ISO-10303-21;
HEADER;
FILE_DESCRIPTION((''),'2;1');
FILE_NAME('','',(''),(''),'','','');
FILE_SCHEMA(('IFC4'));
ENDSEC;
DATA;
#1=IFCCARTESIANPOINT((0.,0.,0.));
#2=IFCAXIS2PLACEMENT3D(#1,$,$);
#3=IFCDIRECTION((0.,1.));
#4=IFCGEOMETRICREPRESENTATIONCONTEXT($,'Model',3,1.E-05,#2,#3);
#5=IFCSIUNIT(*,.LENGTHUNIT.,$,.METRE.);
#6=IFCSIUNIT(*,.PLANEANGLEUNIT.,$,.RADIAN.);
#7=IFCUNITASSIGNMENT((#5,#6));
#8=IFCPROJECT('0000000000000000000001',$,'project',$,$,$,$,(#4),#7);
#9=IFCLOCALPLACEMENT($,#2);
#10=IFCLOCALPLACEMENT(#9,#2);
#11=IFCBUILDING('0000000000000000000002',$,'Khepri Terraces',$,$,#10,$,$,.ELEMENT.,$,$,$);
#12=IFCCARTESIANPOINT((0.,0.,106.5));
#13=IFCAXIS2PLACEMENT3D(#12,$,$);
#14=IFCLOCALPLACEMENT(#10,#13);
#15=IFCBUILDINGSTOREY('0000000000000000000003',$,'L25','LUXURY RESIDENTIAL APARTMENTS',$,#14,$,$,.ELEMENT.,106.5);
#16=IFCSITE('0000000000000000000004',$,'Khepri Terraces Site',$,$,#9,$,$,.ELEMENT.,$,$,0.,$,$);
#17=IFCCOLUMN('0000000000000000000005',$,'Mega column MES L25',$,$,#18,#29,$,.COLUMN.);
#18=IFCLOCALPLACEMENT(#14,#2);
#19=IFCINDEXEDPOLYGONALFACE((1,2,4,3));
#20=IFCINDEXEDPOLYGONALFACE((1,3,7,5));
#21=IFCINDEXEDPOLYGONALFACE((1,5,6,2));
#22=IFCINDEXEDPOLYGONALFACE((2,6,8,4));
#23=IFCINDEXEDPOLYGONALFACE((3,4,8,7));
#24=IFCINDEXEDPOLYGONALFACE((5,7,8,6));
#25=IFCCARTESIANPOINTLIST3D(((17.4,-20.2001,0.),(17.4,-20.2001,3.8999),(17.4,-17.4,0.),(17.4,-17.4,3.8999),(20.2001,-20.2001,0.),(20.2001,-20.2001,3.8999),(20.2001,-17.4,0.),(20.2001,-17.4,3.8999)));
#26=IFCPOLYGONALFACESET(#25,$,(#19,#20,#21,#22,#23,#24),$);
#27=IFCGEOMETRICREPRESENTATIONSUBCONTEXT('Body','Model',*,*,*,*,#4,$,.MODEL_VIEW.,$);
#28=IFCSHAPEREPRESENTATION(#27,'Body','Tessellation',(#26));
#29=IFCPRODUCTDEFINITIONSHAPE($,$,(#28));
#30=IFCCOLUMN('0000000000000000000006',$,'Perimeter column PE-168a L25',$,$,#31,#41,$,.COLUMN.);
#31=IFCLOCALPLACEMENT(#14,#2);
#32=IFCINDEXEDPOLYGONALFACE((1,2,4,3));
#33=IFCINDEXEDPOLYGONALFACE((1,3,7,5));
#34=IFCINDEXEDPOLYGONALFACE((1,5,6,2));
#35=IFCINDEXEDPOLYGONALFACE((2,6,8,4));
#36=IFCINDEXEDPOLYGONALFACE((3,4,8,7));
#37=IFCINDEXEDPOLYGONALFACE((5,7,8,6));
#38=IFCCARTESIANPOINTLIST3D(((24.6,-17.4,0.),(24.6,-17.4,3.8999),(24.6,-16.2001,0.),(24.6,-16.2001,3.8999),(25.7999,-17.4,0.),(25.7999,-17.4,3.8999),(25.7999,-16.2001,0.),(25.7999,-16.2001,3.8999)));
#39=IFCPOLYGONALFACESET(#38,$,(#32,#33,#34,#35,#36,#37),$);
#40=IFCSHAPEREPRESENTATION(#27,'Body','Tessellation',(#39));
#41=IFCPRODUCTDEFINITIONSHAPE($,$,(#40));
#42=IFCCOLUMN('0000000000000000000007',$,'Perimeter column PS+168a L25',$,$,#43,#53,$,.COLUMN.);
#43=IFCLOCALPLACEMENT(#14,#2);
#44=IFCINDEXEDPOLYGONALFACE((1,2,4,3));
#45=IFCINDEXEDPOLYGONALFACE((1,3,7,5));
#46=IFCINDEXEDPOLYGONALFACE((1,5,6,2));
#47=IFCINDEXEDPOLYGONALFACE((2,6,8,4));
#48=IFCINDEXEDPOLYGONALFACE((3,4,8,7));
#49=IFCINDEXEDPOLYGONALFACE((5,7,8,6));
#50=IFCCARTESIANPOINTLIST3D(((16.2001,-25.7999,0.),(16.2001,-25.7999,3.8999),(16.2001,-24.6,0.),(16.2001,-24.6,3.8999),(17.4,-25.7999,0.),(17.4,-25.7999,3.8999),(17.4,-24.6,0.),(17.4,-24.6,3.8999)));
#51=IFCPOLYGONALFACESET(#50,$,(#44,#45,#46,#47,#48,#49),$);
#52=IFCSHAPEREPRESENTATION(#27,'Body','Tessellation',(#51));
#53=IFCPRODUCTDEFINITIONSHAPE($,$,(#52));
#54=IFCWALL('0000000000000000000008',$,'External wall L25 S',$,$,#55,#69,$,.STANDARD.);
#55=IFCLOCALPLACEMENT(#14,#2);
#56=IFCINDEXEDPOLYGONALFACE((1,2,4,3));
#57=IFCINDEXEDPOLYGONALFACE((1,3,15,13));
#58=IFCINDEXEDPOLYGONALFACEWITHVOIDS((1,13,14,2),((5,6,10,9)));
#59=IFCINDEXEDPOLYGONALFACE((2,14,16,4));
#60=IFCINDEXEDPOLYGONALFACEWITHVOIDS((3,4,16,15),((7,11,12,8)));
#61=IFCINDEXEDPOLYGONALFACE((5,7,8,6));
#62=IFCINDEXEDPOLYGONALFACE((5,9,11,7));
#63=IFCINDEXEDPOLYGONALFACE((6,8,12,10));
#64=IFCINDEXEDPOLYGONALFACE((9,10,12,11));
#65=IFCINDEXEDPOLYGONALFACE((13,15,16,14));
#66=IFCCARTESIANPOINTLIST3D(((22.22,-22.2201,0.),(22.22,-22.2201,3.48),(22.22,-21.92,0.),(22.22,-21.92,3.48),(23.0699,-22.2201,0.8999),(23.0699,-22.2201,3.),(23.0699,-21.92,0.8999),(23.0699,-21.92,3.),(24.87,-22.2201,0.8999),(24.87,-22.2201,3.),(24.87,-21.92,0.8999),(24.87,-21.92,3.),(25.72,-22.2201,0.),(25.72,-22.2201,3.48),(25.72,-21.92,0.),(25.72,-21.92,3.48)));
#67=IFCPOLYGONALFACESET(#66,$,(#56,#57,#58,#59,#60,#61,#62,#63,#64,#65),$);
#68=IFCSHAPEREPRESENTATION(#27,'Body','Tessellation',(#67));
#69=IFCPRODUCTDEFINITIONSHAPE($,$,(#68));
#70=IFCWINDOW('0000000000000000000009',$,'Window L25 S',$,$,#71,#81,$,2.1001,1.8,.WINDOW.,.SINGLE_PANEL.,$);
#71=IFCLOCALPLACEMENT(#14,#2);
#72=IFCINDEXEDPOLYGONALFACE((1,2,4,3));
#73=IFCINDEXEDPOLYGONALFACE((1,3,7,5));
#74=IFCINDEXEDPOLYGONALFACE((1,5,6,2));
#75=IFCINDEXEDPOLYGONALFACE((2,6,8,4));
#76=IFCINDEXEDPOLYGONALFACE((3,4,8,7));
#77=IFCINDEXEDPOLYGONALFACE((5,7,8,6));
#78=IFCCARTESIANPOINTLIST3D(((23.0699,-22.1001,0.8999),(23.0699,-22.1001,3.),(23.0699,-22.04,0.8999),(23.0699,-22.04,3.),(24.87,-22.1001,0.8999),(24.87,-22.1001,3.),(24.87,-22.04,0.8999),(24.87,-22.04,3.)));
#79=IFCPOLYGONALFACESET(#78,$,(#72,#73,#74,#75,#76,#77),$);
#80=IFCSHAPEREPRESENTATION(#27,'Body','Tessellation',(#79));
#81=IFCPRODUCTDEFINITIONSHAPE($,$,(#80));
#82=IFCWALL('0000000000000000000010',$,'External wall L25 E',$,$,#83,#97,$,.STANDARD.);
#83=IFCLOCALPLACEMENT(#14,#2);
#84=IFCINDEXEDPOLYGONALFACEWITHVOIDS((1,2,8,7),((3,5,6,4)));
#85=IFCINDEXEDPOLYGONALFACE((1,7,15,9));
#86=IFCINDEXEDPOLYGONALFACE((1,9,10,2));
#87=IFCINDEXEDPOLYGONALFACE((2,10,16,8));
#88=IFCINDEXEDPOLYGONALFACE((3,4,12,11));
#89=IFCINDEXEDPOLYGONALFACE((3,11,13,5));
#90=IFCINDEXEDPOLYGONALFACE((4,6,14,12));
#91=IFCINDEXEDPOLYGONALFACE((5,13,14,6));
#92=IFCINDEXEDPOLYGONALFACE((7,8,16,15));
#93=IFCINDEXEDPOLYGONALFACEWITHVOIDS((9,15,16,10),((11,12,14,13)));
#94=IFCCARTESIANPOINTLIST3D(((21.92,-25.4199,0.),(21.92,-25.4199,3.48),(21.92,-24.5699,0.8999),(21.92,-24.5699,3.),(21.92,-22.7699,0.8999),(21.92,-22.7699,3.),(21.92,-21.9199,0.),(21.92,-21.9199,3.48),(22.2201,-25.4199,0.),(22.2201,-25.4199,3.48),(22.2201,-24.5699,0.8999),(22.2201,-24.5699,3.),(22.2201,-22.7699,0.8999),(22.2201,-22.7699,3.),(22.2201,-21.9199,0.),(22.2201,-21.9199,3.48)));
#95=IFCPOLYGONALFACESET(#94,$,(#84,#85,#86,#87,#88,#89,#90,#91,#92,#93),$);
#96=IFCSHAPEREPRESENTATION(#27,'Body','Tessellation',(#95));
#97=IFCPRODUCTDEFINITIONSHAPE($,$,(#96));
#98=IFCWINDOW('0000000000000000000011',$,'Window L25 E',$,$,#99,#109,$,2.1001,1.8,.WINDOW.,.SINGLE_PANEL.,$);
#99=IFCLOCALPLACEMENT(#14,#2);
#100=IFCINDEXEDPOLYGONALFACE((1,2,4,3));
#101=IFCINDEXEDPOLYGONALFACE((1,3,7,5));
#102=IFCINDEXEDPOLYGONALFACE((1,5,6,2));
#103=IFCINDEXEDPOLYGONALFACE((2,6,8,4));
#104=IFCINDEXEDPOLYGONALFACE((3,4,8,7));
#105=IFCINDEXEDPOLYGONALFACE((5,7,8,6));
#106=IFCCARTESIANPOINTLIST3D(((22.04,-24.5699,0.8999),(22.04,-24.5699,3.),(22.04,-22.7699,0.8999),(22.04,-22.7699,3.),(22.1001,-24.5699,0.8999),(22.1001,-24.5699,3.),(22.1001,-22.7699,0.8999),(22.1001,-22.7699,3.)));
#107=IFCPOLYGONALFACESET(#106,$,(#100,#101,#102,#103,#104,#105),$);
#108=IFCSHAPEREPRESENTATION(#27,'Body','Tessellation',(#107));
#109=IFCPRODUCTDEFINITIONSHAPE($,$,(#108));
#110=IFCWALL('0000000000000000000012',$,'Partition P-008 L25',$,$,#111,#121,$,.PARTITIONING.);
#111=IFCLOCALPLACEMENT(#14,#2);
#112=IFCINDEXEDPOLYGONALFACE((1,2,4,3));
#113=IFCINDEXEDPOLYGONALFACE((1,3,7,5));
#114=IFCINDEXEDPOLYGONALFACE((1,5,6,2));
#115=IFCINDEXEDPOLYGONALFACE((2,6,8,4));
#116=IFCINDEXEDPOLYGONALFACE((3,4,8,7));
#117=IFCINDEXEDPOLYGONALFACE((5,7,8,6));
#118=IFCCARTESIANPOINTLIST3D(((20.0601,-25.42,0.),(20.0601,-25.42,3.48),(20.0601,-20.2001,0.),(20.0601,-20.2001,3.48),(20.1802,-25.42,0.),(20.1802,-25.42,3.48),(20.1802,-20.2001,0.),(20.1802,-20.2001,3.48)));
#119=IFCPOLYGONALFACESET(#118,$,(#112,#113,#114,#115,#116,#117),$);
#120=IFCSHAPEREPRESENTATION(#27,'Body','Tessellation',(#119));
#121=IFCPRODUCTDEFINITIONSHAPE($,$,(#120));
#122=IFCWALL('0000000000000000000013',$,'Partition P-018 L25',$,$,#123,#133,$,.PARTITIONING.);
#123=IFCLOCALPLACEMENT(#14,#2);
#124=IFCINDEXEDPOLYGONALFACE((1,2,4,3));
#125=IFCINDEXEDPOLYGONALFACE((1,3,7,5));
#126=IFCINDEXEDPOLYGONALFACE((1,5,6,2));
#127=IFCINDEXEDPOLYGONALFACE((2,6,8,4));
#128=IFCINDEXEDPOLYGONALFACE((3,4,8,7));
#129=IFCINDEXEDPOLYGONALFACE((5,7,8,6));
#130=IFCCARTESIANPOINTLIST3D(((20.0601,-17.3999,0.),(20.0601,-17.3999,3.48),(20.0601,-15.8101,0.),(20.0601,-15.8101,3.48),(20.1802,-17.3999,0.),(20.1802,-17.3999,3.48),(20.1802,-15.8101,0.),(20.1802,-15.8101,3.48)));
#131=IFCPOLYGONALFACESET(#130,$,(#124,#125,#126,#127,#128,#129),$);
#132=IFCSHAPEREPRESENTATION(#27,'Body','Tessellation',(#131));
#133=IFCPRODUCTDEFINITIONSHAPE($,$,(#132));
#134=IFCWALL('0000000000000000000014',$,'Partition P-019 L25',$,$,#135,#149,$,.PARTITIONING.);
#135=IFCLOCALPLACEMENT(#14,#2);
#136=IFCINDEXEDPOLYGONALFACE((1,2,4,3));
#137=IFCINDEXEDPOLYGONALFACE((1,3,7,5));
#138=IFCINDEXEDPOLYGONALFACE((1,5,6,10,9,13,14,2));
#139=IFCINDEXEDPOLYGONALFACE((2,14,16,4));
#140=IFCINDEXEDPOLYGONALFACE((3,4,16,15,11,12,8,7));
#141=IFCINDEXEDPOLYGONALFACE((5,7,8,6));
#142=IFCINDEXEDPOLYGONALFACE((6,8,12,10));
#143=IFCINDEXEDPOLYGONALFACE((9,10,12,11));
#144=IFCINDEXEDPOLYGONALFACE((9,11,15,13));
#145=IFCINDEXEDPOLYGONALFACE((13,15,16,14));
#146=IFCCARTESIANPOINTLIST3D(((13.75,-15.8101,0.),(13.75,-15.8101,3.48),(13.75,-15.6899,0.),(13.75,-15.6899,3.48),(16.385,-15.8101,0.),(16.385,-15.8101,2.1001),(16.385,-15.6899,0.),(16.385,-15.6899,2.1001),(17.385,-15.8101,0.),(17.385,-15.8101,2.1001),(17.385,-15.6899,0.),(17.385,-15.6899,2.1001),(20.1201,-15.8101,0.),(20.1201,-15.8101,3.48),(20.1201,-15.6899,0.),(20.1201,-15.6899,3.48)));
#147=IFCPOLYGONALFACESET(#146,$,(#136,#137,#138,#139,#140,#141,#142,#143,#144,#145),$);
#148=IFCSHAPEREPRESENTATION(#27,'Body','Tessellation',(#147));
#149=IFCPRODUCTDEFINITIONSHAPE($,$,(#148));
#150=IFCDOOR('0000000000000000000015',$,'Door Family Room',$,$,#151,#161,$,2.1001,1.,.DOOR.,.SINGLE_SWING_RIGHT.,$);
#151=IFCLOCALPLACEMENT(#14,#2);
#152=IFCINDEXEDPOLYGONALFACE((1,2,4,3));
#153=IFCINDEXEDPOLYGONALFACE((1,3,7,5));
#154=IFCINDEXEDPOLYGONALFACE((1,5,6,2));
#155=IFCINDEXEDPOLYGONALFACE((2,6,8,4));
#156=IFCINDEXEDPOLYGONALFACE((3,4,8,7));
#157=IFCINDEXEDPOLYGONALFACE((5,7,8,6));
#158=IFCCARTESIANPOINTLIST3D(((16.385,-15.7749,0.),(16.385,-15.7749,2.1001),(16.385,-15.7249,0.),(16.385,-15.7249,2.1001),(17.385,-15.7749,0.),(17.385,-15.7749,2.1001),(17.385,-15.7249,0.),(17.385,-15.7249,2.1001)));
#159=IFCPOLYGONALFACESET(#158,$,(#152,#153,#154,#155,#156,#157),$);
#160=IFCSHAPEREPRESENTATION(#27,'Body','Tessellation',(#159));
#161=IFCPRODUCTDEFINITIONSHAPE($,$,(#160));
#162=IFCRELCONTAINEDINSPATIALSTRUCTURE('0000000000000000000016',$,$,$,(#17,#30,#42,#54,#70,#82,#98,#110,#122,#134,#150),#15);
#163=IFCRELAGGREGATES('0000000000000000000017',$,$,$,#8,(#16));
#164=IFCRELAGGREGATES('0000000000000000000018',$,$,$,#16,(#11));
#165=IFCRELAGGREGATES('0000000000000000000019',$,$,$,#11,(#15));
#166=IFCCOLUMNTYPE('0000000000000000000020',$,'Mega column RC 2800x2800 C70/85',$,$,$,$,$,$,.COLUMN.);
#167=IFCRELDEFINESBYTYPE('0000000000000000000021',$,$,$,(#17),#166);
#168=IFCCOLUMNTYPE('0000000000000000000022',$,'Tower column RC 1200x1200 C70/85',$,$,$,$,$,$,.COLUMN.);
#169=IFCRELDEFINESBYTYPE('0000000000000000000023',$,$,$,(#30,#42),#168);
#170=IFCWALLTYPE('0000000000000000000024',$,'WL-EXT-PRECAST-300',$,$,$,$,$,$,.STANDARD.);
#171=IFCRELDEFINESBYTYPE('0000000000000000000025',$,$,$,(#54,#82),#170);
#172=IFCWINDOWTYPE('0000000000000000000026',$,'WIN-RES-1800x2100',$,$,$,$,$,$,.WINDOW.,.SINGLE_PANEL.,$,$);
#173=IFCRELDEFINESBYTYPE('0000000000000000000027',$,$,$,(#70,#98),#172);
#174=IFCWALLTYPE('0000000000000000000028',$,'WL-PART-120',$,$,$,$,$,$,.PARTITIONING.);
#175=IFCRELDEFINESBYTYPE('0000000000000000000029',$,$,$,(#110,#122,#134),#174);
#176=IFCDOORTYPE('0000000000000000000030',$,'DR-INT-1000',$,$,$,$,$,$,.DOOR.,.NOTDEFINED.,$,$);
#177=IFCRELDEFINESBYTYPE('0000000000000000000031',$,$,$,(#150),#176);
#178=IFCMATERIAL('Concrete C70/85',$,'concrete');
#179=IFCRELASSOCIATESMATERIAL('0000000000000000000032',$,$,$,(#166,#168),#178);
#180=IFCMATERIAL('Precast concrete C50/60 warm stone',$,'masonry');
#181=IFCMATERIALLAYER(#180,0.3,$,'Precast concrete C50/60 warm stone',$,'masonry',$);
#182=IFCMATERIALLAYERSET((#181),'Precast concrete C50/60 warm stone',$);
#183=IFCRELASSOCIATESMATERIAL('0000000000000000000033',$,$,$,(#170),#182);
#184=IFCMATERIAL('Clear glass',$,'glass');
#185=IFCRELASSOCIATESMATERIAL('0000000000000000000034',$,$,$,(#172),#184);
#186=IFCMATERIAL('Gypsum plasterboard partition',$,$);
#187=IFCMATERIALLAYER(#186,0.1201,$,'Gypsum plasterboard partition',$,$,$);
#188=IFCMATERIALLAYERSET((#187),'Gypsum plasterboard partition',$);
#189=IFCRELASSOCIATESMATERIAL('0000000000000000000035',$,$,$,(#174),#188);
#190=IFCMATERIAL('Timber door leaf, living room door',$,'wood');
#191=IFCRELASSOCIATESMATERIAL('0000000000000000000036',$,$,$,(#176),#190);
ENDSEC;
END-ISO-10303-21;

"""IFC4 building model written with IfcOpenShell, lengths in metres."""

from ifc_helpers import new_model, si_unit, direction, frame, frame_2d, origin, origin_2d, place, context, subcontext, project, spatial, rectangle, extrude, material, layer, layer_set, material_profile, profile_set, type_object, element, fill, save


model = new_model("IFC4")

# Units and contexts
model_context = context("Model", 3, precision=1e-05, world=origin(), true_north=direction((0.0, 1.0)))
body_context = subcontext(model_context, "Body", "Model", "MODEL_VIEW")
ifc_project = project(units=[si_unit("LENGTHUNIT", "METRE"), si_unit("PLANEANGLEUNIT", "RADIAN")], contexts=[model_context])

# Site, building, storey
site_placement = place(None, origin())
site = spatial("IfcSite", under=ifc_project, at=site_placement, Name="Khepri Terraces Site", CompositionType="ELEMENT", RefElevation=0.0)
building_placement = place(site_placement, origin())
building = spatial("IfcBuilding", under=site, at=building_placement, Name="Khepri Terraces", CompositionType="ELEMENT")
storey_placement = place(building_placement, frame((0.0, 0.0, 106.5)))
storey = spatial("IfcBuildingStorey", under=building, at=storey_placement, Name="L25", Description="LUXURY RESIDENTIAL APARTMENTS", CompositionType="ELEMENT", Elevation=106.5)

# Columns
ifc_material_1 = material(Name="Concrete C70/85", Category="concrete")
ifc_material_profile_1 = material_profile(ifc_material_1, rectangle(XDim=2.8, YDim=2.8, at=origin_2d()), Name="Concrete C70/85", Category="concrete")
ifc_profile_set_1 = profile_set([ifc_material_profile_1], Name="Concrete C70/85")
column_type_1 = type_object("IfcColumnType", Name="Mega column RC 2800x2800 C70/85", PredefinedType="COLUMN", material=ifc_profile_set_1)
column_placement = place(storey_placement, frame((18.8, -18.8, 0.0), z_axis=(0.0, 0.0, 1.0), x_axis=(1.0, 0.0, 0.0)))
element("IfcColumn", 1, at=column_placement, inside=storey, type_object=column_type_1, Name="Mega column MES L25", PredefinedType="COLUMN", context=body_context, shape_type="SweptSolid", body=[
    extrude(rectangle(XDim=2.8, YDim=2.8, at=origin_2d()), origin(), (0.0, 0.0, 1.0), 3.8999),
])
ifc_material_profile_2 = material_profile(ifc_material_1, rectangle(XDim=1.2, YDim=1.2, at=origin_2d()), Name="Concrete C70/85", Category="concrete")
ifc_profile_set_2 = profile_set([ifc_material_profile_2], Name="Concrete C70/85")
column_type_2 = type_object("IfcColumnType", Name="Tower column RC 1200x1200 C70/85", PredefinedType="COLUMN", material=ifc_profile_set_2)
for number, where, z_axis, x_axis, name in (
    (2, (25.2, -16.8, 0.0), (0.0, 0.0, 1.0), (1.0, 0.0, 0.0), "Perimeter column PE-168a L25"),
    (3, (16.8, -25.2, 0.0), (0.0, 0.0, 1.0), (1.0, 0.0, 0.0), "Perimeter column PS+168a L25"),
):
    element("IfcColumn", number, at=place(storey_placement, frame(where, z_axis=z_axis, x_axis=x_axis)), inside=storey, type_object=column_type_2, Name=name, PredefinedType="COLUMN", context=body_context, shape_type="SweptSolid", body=[
        extrude(rectangle(XDim=1.2, YDim=1.2, at=origin_2d()), origin(), (0.0, 0.0, 1.0), 3.8999),
    ])

# Wall, opening, window
ifc_material_2 = material(Name="Precast concrete C50/60 warm stone", Category="masonry")
ifc_layer_1 = layer(ifc_material_2, 0.3, Name="Precast concrete C50/60 warm stone", Category="masonry")
ifc_layer_set_1 = layer_set([ifc_layer_1], Name="Precast concrete C50/60 warm stone")
wall_type_1 = type_object("IfcWallType", Name="WL-EXT-PRECAST-300", PredefinedType="STANDARD", material=ifc_layer_set_1)
wall_1_placement = place(storey_placement, frame((22.22, -22.0701, 0.0), z_axis=(0.0, 0.0, 1.0), x_axis=(1.0, 0.0, 0.0)))
wall_1 = element("IfcWall", 4, at=wall_1_placement, inside=storey, type_object=wall_type_1, Name="External wall L25 S", PredefinedType="STANDARD", context=body_context, shape_type="SweptSolid", body=[
    extrude(rectangle(XDim=3.5, YDim=0.3, at=frame_2d((1.75, 0.0))), origin(), (0.0, 0.0, 1.0), 3.48),
])
opening_1_placement = place(wall_1_placement, frame((0.8501, 0.0, 0.8999)))
opening_1 = element("IfcOpeningElement", 5, at=opening_1_placement, cuts=wall_1, PredefinedType="OPENING", context=body_context, shape_type="SweptSolid", body=[
    extrude(rectangle(XDim=1.8, YDim=2.1001, at=frame_2d((0.8999, 1.05))), frame((0.0, 0.1602, 0.0), z_axis=(0.0, -1.0, 0.0), x_axis=(1.0, 0.0, 0.0)), (0.0, 0.0, 1.0), 0.3201),
])
ifc_material_3 = material(Name="Clear glass", Category="glass")
window_type = type_object("IfcWindowType", Name="WIN-RES-1800x2100", PartitioningType="SINGLE_PANEL", PredefinedType="WINDOW", material=ifc_material_3)
window_1_placement = place(opening_1_placement, origin())
window_1 = element("IfcWindow", 6, at=window_1_placement, inside=storey, type_object=window_type, Name="Window L25 S", OverallHeight=2.1001, OverallWidth=1.8, PartitioningType="SINGLE_PANEL", PredefinedType="WINDOW", context=body_context, shape_type="SweptSolid", body=[
    extrude(rectangle(XDim=1.8, YDim=2.1001, at=frame_2d((0.8999, 1.05))), frame((0.0, 0.03, 0.0), z_axis=(0.0, -1.0, 0.0), x_axis=(1.0, 0.0, 0.0)), (0.0, 0.0, 1.0), 0.0601),
])
fill(opening_1, window_1)

# Wall, opening, window
wall_2_placement = place(storey_placement, frame((22.0701, -25.4199, 0.0), z_axis=(0.0, 0.0, 1.0), x_axis=(0.0, 1.0, 0.0)))
wall_2 = element("IfcWall", 7, at=wall_2_placement, inside=storey, type_object=wall_type_1, Name="External wall L25 E", PredefinedType="STANDARD", context=body_context, shape_type="SweptSolid", body=[
    extrude(rectangle(XDim=3.5, YDim=0.3, at=frame_2d((1.75, 0.0))), origin(), (0.0, 0.0, 1.0), 3.48),
])
opening_2_placement = place(wall_2_placement, frame((0.8501, 0.0, 0.8999)))
opening_2 = element("IfcOpeningElement", 8, at=opening_2_placement, cuts=wall_2, PredefinedType="OPENING", context=body_context, shape_type="SweptSolid", body=[
    extrude(rectangle(XDim=1.8, YDim=2.1001, at=frame_2d((0.8999, 1.05))), frame((0.0, 0.1602, 0.0), z_axis=(0.0, -1.0, 0.0), x_axis=(1.0, 0.0, 0.0)), (0.0, 0.0, 1.0), 0.3201),
])
window_2_placement = place(opening_2_placement, origin())
window_2 = element("IfcWindow", 9, at=window_2_placement, inside=storey, type_object=window_type, Name="Window L25 E", OverallHeight=2.1001, OverallWidth=1.8, PartitioningType="SINGLE_PANEL", PredefinedType="WINDOW", context=body_context, shape_type="SweptSolid", body=[
    extrude(rectangle(XDim=1.8, YDim=2.1001, at=frame_2d((0.8999, 1.05))), frame((0.0, 0.03, 0.0), z_axis=(0.0, -1.0, 0.0), x_axis=(1.0, 0.0, 0.0)), (0.0, 0.0, 1.0), 0.0601),
])
fill(opening_2, window_2)

# Walls
ifc_material_4 = material(Name="Gypsum plasterboard partition")
ifc_layer_2 = layer(ifc_material_4, 0.1201, Name="Gypsum plasterboard partition")
ifc_layer_set_2 = layer_set([ifc_layer_2], Name="Gypsum plasterboard partition")
wall_type_2 = type_object("IfcWallType", Name="WL-PART-120", PredefinedType="PARTITIONING", material=ifc_layer_set_2)
wall_3_placement = place(storey_placement, frame((20.1201, -25.4199, 0.0), z_axis=(0.0, 0.0, 1.0), x_axis=(0.0, 1.0, 0.0)))
element("IfcWall", 10, at=wall_3_placement, inside=storey, type_object=wall_type_2, Name="Partition P-008 L25", PredefinedType="PARTITIONING", context=body_context, shape_type="SweptSolid", body=[
    extrude(rectangle(XDim=5.22, YDim=0.1201, at=frame_2d((2.6099, 0.0))), origin(), (0.0, 0.0, 1.0), 3.48),
])
wall_4_placement = place(storey_placement, frame((20.1201, -17.3999, 0.0), z_axis=(0.0, 0.0, 1.0), x_axis=(0.0, 1.0, 0.0)))
element("IfcWall", 11, at=wall_4_placement, inside=storey, type_object=wall_type_2, Name="Partition P-018 L25", PredefinedType="PARTITIONING", context=body_context, shape_type="SweptSolid", body=[
    extrude(rectangle(XDim=1.5898, YDim=0.1201, at=frame_2d((0.7949, 0.0))), origin(), (0.0, 0.0, 1.0), 3.48),
])

# Wall, opening, door
wall_5_placement = place(storey_placement, frame((13.75, -15.75, 0.0), z_axis=(0.0, 0.0, 1.0), x_axis=(1.0, 0.0, 0.0)))
wall_5 = element("IfcWall", 12, at=wall_5_placement, inside=storey, type_object=wall_type_2, Name="Partition P-019 L25", PredefinedType="PARTITIONING", context=body_context, shape_type="SweptSolid", body=[
    extrude(rectangle(XDim=6.3701, YDim=0.1201, at=frame_2d((3.1851, 0.0))), origin(), (0.0, 0.0, 1.0), 3.48),
])
opening_3_placement = place(wall_5_placement, frame((2.635, 0.0, 0.0)))
opening_3 = element("IfcOpeningElement", 13, at=opening_3_placement, cuts=wall_5, PredefinedType="OPENING", context=body_context, shape_type="SweptSolid", body=[
    extrude(rectangle(XDim=1.0, YDim=2.1001, at=frame_2d((0.5, 1.05))), frame((0.0, 0.0701, 0.0), z_axis=(0.0, -1.0, 0.0), x_axis=(1.0, 0.0, 0.0)), (0.0, 0.0, 1.0), 0.1401),
])
ifc_material_5 = material(Name="Timber door leaf, living room door", Category="wood")
door_type_1 = type_object("IfcDoorType", Name="DR-INT-1000", OperationType="NOTDEFINED", PredefinedType="DOOR", material=ifc_material_5)
door_1_placement = place(opening_3_placement, frame((1.0, 0.0, 0.0), z_axis=(0.0, 0.0, 1.0), x_axis=(-1.0, 0.0, 0.0)))
door_1 = element("IfcDoor", 14, at=door_1_placement, inside=storey, type_object=door_type_1, Name="Door Family Room", OperationType="SINGLE_SWING_RIGHT", OverallHeight=2.1001, OverallWidth=1.0, PredefinedType="DOOR", context=body_context, shape_type="SweptSolid", body=[
    extrude(rectangle(XDim=1.0, YDim=2.1001, at=frame_2d((0.5, 1.05))), frame((0.0, 0.0249, 0.0), z_axis=(0.0, -1.0, 0.0), x_axis=(1.0, 0.0, 0.0)), (0.0, 0.0, 1.0), 0.05),
])
fill(opening_3, door_1)

save(model, "model.ifc")
